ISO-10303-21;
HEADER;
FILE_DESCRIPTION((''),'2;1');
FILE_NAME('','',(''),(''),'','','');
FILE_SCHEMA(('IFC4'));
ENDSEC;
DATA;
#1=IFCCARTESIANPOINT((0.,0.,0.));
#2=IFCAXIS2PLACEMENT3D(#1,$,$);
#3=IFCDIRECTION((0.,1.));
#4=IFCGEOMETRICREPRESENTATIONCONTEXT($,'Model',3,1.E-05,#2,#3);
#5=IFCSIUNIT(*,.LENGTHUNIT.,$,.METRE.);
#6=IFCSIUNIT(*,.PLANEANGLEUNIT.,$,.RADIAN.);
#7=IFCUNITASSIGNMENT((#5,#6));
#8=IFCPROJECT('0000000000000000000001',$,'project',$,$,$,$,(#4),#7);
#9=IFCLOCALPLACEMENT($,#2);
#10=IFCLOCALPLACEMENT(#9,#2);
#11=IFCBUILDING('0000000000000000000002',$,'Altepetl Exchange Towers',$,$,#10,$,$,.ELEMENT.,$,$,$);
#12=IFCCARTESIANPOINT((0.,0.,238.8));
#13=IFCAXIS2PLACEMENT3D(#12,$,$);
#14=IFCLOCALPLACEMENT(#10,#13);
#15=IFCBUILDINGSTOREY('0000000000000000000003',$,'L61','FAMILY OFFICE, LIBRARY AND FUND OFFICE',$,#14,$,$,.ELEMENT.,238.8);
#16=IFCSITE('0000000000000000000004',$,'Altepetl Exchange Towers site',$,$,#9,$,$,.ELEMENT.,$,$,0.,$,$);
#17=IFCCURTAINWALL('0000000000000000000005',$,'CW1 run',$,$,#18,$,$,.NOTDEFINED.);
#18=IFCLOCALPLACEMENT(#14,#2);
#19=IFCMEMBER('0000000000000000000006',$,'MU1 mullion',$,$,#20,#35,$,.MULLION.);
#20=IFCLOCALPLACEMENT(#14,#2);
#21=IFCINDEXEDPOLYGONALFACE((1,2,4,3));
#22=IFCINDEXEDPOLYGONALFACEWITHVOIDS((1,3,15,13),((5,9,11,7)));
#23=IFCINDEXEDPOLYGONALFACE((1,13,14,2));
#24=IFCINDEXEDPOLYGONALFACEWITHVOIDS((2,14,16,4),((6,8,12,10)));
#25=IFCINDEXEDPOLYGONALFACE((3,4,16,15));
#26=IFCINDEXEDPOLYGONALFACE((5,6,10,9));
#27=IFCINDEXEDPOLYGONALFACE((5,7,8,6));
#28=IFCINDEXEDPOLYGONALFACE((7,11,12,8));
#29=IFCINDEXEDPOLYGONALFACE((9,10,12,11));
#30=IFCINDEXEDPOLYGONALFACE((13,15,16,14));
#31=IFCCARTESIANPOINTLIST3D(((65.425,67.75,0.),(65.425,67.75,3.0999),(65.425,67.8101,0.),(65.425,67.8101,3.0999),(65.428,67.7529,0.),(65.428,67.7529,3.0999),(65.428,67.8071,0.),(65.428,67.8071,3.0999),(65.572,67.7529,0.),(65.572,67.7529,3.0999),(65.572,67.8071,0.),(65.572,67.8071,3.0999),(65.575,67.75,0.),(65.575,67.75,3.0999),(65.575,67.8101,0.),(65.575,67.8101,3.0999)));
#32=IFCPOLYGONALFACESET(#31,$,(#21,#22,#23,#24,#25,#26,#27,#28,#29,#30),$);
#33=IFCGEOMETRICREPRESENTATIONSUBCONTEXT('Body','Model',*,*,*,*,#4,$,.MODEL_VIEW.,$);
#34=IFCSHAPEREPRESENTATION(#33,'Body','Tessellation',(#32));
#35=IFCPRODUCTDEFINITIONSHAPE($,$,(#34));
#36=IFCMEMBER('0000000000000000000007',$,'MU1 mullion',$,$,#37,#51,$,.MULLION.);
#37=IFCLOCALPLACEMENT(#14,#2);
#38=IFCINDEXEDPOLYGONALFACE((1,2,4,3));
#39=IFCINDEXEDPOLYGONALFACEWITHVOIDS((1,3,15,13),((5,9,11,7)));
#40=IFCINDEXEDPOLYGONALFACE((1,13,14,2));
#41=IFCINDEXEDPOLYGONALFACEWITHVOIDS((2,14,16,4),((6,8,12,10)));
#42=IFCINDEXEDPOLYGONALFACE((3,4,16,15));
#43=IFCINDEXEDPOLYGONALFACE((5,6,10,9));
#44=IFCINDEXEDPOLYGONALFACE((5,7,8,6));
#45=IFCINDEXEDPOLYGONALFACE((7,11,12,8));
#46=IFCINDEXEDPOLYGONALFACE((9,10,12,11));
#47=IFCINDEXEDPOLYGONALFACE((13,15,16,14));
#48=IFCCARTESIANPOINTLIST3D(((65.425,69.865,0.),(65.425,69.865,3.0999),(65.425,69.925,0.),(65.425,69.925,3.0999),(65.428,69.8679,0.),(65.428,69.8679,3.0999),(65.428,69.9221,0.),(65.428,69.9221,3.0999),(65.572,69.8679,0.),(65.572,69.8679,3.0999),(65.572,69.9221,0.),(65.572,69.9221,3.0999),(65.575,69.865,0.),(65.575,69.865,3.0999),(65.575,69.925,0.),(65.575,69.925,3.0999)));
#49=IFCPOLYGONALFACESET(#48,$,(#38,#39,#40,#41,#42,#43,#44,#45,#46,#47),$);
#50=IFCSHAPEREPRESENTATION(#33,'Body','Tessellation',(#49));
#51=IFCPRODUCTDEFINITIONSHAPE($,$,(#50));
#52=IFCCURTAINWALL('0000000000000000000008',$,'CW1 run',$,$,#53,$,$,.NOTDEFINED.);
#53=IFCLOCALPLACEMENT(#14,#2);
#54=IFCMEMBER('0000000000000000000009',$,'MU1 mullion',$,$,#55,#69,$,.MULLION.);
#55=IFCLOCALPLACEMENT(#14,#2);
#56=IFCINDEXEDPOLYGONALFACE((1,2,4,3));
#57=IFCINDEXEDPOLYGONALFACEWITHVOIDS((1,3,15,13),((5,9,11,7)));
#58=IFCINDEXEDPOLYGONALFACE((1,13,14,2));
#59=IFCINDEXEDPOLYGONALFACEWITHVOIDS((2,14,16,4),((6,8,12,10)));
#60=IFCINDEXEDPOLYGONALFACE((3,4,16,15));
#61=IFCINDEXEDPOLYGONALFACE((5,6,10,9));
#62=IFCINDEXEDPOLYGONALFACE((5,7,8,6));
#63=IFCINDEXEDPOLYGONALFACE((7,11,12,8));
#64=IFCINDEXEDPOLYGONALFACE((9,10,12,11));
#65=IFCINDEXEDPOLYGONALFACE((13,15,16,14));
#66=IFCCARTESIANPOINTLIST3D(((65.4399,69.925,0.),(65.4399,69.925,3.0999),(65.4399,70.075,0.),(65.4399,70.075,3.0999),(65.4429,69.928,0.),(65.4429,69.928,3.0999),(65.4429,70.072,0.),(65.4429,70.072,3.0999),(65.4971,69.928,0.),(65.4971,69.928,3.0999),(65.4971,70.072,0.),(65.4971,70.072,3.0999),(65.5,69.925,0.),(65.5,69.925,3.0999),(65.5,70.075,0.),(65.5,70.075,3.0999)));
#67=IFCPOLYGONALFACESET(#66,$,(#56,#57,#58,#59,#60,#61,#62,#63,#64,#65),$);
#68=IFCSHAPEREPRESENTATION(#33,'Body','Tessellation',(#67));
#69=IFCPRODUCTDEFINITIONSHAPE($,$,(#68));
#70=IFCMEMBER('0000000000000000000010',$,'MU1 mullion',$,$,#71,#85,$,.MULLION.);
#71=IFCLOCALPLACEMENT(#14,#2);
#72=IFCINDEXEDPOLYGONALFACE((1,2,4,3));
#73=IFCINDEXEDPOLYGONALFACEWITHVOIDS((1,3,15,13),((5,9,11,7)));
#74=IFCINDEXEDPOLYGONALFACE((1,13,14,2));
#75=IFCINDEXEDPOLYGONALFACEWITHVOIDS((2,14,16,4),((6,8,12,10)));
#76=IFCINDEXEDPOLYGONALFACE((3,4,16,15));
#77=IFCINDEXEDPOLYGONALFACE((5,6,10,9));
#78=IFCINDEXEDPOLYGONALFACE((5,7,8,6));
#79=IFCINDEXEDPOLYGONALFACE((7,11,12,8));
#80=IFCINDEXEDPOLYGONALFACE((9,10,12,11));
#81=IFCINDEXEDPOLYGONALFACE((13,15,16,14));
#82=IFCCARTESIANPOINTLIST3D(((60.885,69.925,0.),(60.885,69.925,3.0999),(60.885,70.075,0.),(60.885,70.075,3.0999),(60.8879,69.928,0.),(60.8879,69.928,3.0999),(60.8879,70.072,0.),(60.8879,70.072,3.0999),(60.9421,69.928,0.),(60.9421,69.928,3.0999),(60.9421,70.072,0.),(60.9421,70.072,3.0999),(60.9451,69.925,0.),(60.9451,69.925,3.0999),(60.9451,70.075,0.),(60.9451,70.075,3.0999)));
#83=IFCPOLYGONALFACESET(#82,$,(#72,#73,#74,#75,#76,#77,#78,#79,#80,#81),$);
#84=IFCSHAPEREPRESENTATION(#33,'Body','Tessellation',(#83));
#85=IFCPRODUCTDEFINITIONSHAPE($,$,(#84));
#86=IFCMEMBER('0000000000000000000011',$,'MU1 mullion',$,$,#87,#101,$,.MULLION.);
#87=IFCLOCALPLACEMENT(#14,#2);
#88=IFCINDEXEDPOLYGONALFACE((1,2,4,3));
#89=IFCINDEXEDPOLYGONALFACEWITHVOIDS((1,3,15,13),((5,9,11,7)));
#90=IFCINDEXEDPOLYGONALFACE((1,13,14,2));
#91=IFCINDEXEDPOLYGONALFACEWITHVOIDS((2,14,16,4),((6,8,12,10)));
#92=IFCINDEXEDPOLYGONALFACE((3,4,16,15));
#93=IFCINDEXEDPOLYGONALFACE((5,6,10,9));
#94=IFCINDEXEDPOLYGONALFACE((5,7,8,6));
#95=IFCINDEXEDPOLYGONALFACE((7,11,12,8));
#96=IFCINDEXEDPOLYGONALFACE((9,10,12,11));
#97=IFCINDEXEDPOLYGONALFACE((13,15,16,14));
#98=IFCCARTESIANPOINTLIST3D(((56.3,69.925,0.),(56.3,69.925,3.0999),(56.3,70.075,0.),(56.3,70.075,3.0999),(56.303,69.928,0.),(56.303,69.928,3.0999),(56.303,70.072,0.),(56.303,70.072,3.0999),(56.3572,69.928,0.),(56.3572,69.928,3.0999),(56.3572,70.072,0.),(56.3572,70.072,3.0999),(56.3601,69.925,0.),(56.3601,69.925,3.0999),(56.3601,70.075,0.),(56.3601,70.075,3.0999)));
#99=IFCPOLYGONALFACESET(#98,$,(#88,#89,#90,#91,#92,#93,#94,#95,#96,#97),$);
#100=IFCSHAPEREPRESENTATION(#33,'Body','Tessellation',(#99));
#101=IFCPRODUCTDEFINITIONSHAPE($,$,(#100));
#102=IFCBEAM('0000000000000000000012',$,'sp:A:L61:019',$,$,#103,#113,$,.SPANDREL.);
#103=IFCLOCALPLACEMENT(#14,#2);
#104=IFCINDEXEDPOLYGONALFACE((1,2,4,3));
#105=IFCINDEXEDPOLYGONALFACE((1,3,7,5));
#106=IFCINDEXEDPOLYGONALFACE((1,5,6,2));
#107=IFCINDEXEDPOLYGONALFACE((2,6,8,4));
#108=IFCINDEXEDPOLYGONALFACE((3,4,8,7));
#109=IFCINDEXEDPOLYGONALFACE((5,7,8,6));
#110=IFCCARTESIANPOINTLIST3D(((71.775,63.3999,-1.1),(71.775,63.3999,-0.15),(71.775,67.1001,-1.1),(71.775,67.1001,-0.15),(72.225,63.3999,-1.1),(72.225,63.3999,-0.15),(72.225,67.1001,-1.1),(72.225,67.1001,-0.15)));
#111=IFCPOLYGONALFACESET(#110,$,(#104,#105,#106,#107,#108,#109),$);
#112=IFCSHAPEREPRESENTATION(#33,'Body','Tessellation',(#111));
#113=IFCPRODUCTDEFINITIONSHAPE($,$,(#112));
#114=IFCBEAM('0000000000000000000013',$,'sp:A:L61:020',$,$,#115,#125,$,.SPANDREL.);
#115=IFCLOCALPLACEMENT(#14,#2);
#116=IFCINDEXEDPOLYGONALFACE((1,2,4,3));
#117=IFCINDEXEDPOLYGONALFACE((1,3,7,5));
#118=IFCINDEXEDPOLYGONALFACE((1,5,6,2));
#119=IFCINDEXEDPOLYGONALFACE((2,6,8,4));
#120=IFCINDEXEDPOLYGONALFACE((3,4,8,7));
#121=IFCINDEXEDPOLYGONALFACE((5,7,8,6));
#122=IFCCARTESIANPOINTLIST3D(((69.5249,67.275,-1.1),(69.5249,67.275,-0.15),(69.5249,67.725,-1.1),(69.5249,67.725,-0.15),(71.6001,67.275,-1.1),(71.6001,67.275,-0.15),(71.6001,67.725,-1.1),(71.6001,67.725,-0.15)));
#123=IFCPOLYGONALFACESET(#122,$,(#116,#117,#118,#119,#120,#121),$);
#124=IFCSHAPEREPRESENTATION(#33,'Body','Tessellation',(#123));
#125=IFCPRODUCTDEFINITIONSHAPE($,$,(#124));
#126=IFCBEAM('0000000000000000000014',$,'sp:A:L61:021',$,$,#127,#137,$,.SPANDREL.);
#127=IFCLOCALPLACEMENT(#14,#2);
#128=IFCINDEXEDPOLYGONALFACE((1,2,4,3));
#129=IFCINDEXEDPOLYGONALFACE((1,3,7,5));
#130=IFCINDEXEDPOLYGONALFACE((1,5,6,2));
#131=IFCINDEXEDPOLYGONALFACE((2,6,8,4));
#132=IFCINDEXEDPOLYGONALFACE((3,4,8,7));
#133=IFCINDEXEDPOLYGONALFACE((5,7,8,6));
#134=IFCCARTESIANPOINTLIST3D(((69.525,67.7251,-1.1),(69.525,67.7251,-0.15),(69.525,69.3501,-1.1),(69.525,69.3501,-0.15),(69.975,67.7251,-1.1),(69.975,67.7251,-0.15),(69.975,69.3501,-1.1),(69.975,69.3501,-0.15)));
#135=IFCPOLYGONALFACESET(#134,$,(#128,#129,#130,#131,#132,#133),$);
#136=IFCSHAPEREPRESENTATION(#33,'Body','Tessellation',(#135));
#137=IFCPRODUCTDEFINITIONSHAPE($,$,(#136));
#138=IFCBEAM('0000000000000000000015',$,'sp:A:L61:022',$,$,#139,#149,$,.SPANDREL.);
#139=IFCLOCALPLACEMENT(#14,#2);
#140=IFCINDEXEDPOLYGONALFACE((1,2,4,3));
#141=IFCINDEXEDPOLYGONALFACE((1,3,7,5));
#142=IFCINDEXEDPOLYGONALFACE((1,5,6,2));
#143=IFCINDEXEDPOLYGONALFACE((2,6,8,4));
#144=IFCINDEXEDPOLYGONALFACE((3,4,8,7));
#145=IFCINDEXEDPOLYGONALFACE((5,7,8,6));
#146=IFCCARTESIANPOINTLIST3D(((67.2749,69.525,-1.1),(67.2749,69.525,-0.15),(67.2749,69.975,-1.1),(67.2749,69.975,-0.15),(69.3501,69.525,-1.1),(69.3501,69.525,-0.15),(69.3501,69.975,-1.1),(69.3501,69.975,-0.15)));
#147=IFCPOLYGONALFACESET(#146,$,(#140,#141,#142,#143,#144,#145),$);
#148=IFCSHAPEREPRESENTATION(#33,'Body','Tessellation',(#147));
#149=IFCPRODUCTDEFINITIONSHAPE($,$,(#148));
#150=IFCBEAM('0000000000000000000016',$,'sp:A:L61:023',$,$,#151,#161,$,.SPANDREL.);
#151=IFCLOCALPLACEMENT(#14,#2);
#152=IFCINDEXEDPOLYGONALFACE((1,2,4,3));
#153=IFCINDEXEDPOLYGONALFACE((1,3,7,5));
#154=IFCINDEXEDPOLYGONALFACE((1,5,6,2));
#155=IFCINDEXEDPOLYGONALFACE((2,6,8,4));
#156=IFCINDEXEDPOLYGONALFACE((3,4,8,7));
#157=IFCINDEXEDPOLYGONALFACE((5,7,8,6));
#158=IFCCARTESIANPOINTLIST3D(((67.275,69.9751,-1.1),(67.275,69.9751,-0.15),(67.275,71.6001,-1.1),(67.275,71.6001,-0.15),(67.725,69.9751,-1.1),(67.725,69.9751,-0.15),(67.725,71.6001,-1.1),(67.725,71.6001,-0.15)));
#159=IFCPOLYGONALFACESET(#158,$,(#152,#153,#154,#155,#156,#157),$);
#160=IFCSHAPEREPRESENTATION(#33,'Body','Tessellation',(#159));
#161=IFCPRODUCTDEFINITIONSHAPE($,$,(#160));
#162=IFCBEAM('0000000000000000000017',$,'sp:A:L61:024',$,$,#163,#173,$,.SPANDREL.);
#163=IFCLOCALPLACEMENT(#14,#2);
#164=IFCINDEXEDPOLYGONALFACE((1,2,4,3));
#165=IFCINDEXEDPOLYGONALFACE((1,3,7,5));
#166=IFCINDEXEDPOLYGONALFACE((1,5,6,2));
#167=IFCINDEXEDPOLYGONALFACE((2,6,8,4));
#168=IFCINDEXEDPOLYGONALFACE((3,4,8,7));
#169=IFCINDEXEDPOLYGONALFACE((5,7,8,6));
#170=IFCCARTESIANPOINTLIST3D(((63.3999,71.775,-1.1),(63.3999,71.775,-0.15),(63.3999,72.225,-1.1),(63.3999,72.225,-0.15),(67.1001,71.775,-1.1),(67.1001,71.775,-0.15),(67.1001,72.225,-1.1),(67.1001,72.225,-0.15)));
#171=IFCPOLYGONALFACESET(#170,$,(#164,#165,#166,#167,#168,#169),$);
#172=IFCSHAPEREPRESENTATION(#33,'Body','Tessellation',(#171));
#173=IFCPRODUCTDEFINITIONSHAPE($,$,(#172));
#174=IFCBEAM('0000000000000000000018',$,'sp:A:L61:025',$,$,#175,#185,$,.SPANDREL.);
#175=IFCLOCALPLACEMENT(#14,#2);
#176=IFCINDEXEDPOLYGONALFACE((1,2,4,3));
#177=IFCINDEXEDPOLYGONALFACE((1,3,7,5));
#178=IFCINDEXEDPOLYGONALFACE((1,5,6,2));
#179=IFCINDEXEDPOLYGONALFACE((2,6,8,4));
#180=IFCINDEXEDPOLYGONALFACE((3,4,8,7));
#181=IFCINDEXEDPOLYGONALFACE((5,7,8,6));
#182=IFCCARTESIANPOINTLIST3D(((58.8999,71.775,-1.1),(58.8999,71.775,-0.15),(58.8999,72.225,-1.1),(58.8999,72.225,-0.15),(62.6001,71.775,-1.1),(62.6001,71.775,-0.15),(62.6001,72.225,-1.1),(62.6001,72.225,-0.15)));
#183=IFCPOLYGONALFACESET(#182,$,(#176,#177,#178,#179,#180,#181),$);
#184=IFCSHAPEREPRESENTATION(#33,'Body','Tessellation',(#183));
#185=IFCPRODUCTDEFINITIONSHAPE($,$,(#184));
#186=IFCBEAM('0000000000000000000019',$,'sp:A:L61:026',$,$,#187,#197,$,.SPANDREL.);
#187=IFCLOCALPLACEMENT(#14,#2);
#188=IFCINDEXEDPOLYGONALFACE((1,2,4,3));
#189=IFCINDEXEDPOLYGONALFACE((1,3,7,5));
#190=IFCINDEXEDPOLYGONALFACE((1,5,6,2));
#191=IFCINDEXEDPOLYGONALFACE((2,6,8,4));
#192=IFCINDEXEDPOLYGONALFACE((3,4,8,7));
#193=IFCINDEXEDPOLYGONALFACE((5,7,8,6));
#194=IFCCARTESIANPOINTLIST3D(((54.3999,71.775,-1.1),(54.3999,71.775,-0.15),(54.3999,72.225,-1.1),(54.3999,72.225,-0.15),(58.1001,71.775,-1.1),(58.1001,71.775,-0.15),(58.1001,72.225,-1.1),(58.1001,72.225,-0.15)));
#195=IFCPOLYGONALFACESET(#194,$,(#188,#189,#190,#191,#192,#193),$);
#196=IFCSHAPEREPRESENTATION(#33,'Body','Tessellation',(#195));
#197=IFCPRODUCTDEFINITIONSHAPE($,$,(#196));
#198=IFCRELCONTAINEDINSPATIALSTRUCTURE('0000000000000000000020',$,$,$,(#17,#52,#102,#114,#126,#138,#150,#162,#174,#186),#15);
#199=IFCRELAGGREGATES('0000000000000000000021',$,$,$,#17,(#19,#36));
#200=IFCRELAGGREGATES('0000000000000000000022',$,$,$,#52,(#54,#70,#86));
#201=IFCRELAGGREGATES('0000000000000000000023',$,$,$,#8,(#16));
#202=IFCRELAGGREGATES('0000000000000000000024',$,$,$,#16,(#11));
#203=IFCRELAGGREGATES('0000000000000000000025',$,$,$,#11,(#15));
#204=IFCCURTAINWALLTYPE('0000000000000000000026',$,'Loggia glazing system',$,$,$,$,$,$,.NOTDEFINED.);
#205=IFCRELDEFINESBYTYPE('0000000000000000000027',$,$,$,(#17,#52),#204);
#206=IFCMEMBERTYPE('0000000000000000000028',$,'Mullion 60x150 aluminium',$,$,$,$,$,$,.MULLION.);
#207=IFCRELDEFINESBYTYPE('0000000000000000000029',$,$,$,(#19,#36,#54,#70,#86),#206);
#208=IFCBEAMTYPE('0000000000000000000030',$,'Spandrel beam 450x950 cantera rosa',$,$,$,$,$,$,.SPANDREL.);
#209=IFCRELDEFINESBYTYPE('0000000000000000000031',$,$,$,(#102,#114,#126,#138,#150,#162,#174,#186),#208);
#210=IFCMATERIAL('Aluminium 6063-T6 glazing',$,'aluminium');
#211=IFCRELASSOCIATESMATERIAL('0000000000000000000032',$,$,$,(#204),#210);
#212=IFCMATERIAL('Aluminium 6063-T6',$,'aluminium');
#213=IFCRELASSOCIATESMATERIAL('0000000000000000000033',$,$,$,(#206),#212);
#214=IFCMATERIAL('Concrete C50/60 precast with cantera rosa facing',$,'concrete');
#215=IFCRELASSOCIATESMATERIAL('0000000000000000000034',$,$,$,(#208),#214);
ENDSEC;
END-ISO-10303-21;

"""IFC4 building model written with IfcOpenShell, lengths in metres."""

from ifc_helpers import new_model, si_unit, direction, frame, origin, origin_2d, place, context, subcontext, project, spatial, rectangle, hollow_rectangle, extrude, material, material_profile, profile_set, type_object, element, aggregate, save


model = new_model("IFC4")

# Units and contexts
model_context = context("Model", 3, precision=1e-05, world=origin(), true_north=direction((0.0, 1.0)))
body_context = subcontext(model_context, "Body", "Model", "MODEL_VIEW")
ifc_project = project(units=[si_unit("LENGTHUNIT", "METRE"), si_unit("PLANEANGLEUNIT", "RADIAN")], contexts=[model_context])

# Site, building, storey
site_placement = place(None, origin())
site = spatial("IfcSite", under=ifc_project, at=site_placement, Name="Altepetl Exchange Towers site", CompositionType="ELEMENT", RefElevation=0.0)
building_placement = place(site_placement, origin())
building = spatial("IfcBuilding", under=site, at=building_placement, Name="Altepetl Exchange Towers", CompositionType="ELEMENT")
storey_placement = place(building_placement, frame((0.0, 0.0, 238.8)))
storey = spatial("IfcBuildingStorey", under=building, at=storey_placement, Name="L61", Description="FAMILY OFFICE, LIBRARY AND FUND OFFICE", CompositionType="ELEMENT", Elevation=238.8)

# Shared definitions
ifc_material_1 = material(Name="Aluminium 6063-T6 glazing", Category="aluminium")
curtain_wall_type = type_object("IfcCurtainWallType", Name="Loggia glazing system", PredefinedType="NOTDEFINED", material=ifc_material_1)
ifc_material_2 = material(Name="Aluminium 6063-T6", Category="aluminium")
ifc_material_profile_1 = material_profile(ifc_material_2, hollow_rectangle(XDim=0.0601, YDim=0.1499, WallThickness=0.0029, at=origin_2d()), Name="Mullion 60x150 aluminium")
ifc_profile_set_1 = profile_set([ifc_material_profile_1], Name="Aluminium 6063-T6")
member_type = type_object("IfcMemberType", Name="Mullion 60x150 aluminium", PredefinedType="MULLION", material=ifc_profile_set_1)

# Curtain walls, members
curtain_wall_1_placement = place(storey_placement, origin())
curtain_wall_1 = element("IfcCurtainWall", 1, at=curtain_wall_1_placement, inside=storey, type_object=curtain_wall_type, Name="CW1 run", PredefinedType="NOTDEFINED")
member_1_placement = place(storey_placement, frame((65.5, 67.78, 0.0), z_axis=(0.0, 0.0, 1.0), x_axis=(0.0, 1.0, 0.0)))
member_1 = element("IfcMember", 2, at=member_1_placement, type_object=member_type, Name="MU1 mullion", PredefinedType="MULLION", context=body_context, shape_type="SweptSolid", body=[
    extrude(hollow_rectangle(XDim=0.0601, YDim=0.1499, WallThickness=0.0029, at=origin_2d()), origin(), (0.0, 0.0, 1.0), 3.0999),
])
member_2_placement = place(storey_placement, frame((65.5, 69.895, 0.0), z_axis=(0.0, 0.0, 1.0), x_axis=(0.0, 1.0, 0.0)))
member_2 = element("IfcMember", 3, at=member_2_placement, type_object=member_type, Name="MU1 mullion", PredefinedType="MULLION", context=body_context, shape_type="SweptSolid", body=[
    extrude(hollow_rectangle(XDim=0.0601, YDim=0.1499, WallThickness=0.0029, at=origin_2d()), origin(), (0.0, 0.0, 1.0), 3.0999),
])
curtain_wall_2_placement = place(storey_placement, origin())
curtain_wall_2 = element("IfcCurtainWall", 4, at=curtain_wall_2_placement, inside=storey, type_object=curtain_wall_type, Name="CW1 run", PredefinedType="NOTDEFINED")
member_3_placement = place(storey_placement, frame((65.47, 70.0, 0.0), z_axis=(0.0, 0.0, 1.0), x_axis=(-1.0, 0.0, 0.0)))
member_3 = element("IfcMember", 5, at=member_3_placement, type_object=member_type, Name="MU1 mullion", PredefinedType="MULLION", context=body_context, shape_type="SweptSolid", body=[
    extrude(hollow_rectangle(XDim=0.0601, YDim=0.1499, WallThickness=0.0029, at=origin_2d()), origin(), (0.0, 0.0, 1.0), 3.0999),
])
member_4_placement = place(storey_placement, frame((60.915, 70.0, 0.0), z_axis=(0.0, 0.0, 1.0), x_axis=(-1.0, 0.0, 0.0)))
member_4 = element("IfcMember", 6, at=member_4_placement, type_object=member_type, Name="MU1 mullion", PredefinedType="MULLION", context=body_context, shape_type="SweptSolid", body=[
    extrude(hollow_rectangle(XDim=0.0601, YDim=0.1499, WallThickness=0.0029, at=origin_2d()), origin(), (0.0, 0.0, 1.0), 3.0999),
])
member_5_placement = place(storey_placement, frame((56.3301, 70.0, 0.0), z_axis=(0.0, 0.0, 1.0), x_axis=(-1.0, 0.0, 0.0)))
member_5 = element("IfcMember", 7, at=member_5_placement, type_object=member_type, Name="MU1 mullion", PredefinedType="MULLION", context=body_context, shape_type="SweptSolid", body=[
    extrude(hollow_rectangle(XDim=0.0601, YDim=0.1499, WallThickness=0.0029, at=origin_2d()), origin(), (0.0, 0.0, 1.0), 3.0999),
])

# Beams
ifc_material_3 = material(Name="Concrete C50/60 precast with cantera rosa facing", Category="concrete")
ifc_material_profile_2 = material_profile(ifc_material_3, rectangle(XDim=0.45, YDim=0.95, at=origin_2d()), Name="450 x 950")
ifc_profile_set_2 = profile_set([ifc_material_profile_2], Name="Concrete C50/60 precast with cantera rosa facing")
beam_type = type_object("IfcBeamType", Name="Spandrel beam 450x950 cantera rosa", PredefinedType="SPANDREL", material=ifc_profile_set_2)
beam_1_placement = place(storey_placement, frame((72.0, 63.3999, -0.625), z_axis=(0.0, 1.0, 0.0), x_axis=(-1.0, 0.0, 0.0)))
element("IfcBeam", 8, at=beam_1_placement, inside=storey, type_object=beam_type, Name="sp:A:L61:019", PredefinedType="SPANDREL", context=body_context, shape_type="SweptSolid", body=[
    extrude(rectangle(XDim=0.45, YDim=0.95, at=origin_2d()), origin(), (0.0, 0.0, 1.0), 3.7002),
])
beam_2_placement = place(storey_placement, frame((71.6001, 67.5, -0.625), z_axis=(-1.0, 0.0, 0.0), x_axis=(0.0, -1.0, 0.0)))
element("IfcBeam", 9, at=beam_2_placement, inside=storey, type_object=beam_type, Name="sp:A:L61:020", PredefinedType="SPANDREL", context=body_context, shape_type="SweptSolid", body=[
    extrude(rectangle(XDim=0.45, YDim=0.95, at=origin_2d()), origin(), (0.0, 0.0, 1.0), 2.0752),
])
beam_3_placement = place(storey_placement, frame((69.75, 67.7251, -0.625), z_axis=(0.0, 1.0, 0.0), x_axis=(-1.0, 0.0, 0.0)))
element("IfcBeam", 10, at=beam_3_placement, inside=storey, type_object=beam_type, Name="sp:A:L61:021", PredefinedType="SPANDREL", context=body_context, shape_type="SweptSolid", body=[
    extrude(rectangle(XDim=0.45, YDim=0.95, at=origin_2d()), origin(), (0.0, 0.0, 1.0), 1.625),
])
beam_4_placement = place(storey_placement, frame((69.3501, 69.75, -0.625), z_axis=(-1.0, 0.0, 0.0), x_axis=(0.0, -1.0, 0.0)))
element("IfcBeam", 11, at=beam_4_placement, inside=storey, type_object=beam_type, Name="sp:A:L61:022", PredefinedType="SPANDREL", context=body_context, shape_type="SweptSolid", body=[
    extrude(rectangle(XDim=0.45, YDim=0.95, at=origin_2d()), origin(), (0.0, 0.0, 1.0), 2.0752),
])
beam_5_placement = place(storey_placement, frame((67.5, 69.9751, -0.625), z_axis=(0.0, 1.0, 0.0), x_axis=(-1.0, 0.0, 0.0)))
element("IfcBeam", 12, at=beam_5_placement, inside=storey, type_object=beam_type, Name="sp:A:L61:023", PredefinedType="SPANDREL", context=body_context, shape_type="SweptSolid", body=[
    extrude(rectangle(XDim=0.45, YDim=0.95, at=origin_2d()), origin(), (0.0, 0.0, 1.0), 1.625),
])
for number, where, z_axis, x_axis, name in (
    (13, (67.1001, 72.0, -0.625), (-1.0, 0.0, 0.0), (0.0, -1.0, 0.0), "sp:A:L61:024"),
    (14, (62.6001, 72.0, -0.625), (-1.0, 0.0, 0.0), (0.0, -1.0, 0.0), "sp:A:L61:025"),
    (15, (58.1001, 72.0, -0.625), (-1.0, 0.0, 0.0), (0.0, -1.0, 0.0), "sp:A:L61:026"),
):
    element("IfcBeam", number, at=place(storey_placement, frame(where, z_axis=z_axis, x_axis=x_axis)), inside=storey, type_object=beam_type, Name=name, PredefinedType="SPANDREL", context=body_context, shape_type="SweptSolid", body=[
        extrude(rectangle(XDim=0.45, YDim=0.95, at=origin_2d()), origin(), (0.0, 0.0, 1.0), 3.7002),
    ])

aggregate(curtain_wall_1, [member_1, member_2])
aggregate(curtain_wall_2, [member_3, member_4, member_5])

save(model, "model.ifc")
